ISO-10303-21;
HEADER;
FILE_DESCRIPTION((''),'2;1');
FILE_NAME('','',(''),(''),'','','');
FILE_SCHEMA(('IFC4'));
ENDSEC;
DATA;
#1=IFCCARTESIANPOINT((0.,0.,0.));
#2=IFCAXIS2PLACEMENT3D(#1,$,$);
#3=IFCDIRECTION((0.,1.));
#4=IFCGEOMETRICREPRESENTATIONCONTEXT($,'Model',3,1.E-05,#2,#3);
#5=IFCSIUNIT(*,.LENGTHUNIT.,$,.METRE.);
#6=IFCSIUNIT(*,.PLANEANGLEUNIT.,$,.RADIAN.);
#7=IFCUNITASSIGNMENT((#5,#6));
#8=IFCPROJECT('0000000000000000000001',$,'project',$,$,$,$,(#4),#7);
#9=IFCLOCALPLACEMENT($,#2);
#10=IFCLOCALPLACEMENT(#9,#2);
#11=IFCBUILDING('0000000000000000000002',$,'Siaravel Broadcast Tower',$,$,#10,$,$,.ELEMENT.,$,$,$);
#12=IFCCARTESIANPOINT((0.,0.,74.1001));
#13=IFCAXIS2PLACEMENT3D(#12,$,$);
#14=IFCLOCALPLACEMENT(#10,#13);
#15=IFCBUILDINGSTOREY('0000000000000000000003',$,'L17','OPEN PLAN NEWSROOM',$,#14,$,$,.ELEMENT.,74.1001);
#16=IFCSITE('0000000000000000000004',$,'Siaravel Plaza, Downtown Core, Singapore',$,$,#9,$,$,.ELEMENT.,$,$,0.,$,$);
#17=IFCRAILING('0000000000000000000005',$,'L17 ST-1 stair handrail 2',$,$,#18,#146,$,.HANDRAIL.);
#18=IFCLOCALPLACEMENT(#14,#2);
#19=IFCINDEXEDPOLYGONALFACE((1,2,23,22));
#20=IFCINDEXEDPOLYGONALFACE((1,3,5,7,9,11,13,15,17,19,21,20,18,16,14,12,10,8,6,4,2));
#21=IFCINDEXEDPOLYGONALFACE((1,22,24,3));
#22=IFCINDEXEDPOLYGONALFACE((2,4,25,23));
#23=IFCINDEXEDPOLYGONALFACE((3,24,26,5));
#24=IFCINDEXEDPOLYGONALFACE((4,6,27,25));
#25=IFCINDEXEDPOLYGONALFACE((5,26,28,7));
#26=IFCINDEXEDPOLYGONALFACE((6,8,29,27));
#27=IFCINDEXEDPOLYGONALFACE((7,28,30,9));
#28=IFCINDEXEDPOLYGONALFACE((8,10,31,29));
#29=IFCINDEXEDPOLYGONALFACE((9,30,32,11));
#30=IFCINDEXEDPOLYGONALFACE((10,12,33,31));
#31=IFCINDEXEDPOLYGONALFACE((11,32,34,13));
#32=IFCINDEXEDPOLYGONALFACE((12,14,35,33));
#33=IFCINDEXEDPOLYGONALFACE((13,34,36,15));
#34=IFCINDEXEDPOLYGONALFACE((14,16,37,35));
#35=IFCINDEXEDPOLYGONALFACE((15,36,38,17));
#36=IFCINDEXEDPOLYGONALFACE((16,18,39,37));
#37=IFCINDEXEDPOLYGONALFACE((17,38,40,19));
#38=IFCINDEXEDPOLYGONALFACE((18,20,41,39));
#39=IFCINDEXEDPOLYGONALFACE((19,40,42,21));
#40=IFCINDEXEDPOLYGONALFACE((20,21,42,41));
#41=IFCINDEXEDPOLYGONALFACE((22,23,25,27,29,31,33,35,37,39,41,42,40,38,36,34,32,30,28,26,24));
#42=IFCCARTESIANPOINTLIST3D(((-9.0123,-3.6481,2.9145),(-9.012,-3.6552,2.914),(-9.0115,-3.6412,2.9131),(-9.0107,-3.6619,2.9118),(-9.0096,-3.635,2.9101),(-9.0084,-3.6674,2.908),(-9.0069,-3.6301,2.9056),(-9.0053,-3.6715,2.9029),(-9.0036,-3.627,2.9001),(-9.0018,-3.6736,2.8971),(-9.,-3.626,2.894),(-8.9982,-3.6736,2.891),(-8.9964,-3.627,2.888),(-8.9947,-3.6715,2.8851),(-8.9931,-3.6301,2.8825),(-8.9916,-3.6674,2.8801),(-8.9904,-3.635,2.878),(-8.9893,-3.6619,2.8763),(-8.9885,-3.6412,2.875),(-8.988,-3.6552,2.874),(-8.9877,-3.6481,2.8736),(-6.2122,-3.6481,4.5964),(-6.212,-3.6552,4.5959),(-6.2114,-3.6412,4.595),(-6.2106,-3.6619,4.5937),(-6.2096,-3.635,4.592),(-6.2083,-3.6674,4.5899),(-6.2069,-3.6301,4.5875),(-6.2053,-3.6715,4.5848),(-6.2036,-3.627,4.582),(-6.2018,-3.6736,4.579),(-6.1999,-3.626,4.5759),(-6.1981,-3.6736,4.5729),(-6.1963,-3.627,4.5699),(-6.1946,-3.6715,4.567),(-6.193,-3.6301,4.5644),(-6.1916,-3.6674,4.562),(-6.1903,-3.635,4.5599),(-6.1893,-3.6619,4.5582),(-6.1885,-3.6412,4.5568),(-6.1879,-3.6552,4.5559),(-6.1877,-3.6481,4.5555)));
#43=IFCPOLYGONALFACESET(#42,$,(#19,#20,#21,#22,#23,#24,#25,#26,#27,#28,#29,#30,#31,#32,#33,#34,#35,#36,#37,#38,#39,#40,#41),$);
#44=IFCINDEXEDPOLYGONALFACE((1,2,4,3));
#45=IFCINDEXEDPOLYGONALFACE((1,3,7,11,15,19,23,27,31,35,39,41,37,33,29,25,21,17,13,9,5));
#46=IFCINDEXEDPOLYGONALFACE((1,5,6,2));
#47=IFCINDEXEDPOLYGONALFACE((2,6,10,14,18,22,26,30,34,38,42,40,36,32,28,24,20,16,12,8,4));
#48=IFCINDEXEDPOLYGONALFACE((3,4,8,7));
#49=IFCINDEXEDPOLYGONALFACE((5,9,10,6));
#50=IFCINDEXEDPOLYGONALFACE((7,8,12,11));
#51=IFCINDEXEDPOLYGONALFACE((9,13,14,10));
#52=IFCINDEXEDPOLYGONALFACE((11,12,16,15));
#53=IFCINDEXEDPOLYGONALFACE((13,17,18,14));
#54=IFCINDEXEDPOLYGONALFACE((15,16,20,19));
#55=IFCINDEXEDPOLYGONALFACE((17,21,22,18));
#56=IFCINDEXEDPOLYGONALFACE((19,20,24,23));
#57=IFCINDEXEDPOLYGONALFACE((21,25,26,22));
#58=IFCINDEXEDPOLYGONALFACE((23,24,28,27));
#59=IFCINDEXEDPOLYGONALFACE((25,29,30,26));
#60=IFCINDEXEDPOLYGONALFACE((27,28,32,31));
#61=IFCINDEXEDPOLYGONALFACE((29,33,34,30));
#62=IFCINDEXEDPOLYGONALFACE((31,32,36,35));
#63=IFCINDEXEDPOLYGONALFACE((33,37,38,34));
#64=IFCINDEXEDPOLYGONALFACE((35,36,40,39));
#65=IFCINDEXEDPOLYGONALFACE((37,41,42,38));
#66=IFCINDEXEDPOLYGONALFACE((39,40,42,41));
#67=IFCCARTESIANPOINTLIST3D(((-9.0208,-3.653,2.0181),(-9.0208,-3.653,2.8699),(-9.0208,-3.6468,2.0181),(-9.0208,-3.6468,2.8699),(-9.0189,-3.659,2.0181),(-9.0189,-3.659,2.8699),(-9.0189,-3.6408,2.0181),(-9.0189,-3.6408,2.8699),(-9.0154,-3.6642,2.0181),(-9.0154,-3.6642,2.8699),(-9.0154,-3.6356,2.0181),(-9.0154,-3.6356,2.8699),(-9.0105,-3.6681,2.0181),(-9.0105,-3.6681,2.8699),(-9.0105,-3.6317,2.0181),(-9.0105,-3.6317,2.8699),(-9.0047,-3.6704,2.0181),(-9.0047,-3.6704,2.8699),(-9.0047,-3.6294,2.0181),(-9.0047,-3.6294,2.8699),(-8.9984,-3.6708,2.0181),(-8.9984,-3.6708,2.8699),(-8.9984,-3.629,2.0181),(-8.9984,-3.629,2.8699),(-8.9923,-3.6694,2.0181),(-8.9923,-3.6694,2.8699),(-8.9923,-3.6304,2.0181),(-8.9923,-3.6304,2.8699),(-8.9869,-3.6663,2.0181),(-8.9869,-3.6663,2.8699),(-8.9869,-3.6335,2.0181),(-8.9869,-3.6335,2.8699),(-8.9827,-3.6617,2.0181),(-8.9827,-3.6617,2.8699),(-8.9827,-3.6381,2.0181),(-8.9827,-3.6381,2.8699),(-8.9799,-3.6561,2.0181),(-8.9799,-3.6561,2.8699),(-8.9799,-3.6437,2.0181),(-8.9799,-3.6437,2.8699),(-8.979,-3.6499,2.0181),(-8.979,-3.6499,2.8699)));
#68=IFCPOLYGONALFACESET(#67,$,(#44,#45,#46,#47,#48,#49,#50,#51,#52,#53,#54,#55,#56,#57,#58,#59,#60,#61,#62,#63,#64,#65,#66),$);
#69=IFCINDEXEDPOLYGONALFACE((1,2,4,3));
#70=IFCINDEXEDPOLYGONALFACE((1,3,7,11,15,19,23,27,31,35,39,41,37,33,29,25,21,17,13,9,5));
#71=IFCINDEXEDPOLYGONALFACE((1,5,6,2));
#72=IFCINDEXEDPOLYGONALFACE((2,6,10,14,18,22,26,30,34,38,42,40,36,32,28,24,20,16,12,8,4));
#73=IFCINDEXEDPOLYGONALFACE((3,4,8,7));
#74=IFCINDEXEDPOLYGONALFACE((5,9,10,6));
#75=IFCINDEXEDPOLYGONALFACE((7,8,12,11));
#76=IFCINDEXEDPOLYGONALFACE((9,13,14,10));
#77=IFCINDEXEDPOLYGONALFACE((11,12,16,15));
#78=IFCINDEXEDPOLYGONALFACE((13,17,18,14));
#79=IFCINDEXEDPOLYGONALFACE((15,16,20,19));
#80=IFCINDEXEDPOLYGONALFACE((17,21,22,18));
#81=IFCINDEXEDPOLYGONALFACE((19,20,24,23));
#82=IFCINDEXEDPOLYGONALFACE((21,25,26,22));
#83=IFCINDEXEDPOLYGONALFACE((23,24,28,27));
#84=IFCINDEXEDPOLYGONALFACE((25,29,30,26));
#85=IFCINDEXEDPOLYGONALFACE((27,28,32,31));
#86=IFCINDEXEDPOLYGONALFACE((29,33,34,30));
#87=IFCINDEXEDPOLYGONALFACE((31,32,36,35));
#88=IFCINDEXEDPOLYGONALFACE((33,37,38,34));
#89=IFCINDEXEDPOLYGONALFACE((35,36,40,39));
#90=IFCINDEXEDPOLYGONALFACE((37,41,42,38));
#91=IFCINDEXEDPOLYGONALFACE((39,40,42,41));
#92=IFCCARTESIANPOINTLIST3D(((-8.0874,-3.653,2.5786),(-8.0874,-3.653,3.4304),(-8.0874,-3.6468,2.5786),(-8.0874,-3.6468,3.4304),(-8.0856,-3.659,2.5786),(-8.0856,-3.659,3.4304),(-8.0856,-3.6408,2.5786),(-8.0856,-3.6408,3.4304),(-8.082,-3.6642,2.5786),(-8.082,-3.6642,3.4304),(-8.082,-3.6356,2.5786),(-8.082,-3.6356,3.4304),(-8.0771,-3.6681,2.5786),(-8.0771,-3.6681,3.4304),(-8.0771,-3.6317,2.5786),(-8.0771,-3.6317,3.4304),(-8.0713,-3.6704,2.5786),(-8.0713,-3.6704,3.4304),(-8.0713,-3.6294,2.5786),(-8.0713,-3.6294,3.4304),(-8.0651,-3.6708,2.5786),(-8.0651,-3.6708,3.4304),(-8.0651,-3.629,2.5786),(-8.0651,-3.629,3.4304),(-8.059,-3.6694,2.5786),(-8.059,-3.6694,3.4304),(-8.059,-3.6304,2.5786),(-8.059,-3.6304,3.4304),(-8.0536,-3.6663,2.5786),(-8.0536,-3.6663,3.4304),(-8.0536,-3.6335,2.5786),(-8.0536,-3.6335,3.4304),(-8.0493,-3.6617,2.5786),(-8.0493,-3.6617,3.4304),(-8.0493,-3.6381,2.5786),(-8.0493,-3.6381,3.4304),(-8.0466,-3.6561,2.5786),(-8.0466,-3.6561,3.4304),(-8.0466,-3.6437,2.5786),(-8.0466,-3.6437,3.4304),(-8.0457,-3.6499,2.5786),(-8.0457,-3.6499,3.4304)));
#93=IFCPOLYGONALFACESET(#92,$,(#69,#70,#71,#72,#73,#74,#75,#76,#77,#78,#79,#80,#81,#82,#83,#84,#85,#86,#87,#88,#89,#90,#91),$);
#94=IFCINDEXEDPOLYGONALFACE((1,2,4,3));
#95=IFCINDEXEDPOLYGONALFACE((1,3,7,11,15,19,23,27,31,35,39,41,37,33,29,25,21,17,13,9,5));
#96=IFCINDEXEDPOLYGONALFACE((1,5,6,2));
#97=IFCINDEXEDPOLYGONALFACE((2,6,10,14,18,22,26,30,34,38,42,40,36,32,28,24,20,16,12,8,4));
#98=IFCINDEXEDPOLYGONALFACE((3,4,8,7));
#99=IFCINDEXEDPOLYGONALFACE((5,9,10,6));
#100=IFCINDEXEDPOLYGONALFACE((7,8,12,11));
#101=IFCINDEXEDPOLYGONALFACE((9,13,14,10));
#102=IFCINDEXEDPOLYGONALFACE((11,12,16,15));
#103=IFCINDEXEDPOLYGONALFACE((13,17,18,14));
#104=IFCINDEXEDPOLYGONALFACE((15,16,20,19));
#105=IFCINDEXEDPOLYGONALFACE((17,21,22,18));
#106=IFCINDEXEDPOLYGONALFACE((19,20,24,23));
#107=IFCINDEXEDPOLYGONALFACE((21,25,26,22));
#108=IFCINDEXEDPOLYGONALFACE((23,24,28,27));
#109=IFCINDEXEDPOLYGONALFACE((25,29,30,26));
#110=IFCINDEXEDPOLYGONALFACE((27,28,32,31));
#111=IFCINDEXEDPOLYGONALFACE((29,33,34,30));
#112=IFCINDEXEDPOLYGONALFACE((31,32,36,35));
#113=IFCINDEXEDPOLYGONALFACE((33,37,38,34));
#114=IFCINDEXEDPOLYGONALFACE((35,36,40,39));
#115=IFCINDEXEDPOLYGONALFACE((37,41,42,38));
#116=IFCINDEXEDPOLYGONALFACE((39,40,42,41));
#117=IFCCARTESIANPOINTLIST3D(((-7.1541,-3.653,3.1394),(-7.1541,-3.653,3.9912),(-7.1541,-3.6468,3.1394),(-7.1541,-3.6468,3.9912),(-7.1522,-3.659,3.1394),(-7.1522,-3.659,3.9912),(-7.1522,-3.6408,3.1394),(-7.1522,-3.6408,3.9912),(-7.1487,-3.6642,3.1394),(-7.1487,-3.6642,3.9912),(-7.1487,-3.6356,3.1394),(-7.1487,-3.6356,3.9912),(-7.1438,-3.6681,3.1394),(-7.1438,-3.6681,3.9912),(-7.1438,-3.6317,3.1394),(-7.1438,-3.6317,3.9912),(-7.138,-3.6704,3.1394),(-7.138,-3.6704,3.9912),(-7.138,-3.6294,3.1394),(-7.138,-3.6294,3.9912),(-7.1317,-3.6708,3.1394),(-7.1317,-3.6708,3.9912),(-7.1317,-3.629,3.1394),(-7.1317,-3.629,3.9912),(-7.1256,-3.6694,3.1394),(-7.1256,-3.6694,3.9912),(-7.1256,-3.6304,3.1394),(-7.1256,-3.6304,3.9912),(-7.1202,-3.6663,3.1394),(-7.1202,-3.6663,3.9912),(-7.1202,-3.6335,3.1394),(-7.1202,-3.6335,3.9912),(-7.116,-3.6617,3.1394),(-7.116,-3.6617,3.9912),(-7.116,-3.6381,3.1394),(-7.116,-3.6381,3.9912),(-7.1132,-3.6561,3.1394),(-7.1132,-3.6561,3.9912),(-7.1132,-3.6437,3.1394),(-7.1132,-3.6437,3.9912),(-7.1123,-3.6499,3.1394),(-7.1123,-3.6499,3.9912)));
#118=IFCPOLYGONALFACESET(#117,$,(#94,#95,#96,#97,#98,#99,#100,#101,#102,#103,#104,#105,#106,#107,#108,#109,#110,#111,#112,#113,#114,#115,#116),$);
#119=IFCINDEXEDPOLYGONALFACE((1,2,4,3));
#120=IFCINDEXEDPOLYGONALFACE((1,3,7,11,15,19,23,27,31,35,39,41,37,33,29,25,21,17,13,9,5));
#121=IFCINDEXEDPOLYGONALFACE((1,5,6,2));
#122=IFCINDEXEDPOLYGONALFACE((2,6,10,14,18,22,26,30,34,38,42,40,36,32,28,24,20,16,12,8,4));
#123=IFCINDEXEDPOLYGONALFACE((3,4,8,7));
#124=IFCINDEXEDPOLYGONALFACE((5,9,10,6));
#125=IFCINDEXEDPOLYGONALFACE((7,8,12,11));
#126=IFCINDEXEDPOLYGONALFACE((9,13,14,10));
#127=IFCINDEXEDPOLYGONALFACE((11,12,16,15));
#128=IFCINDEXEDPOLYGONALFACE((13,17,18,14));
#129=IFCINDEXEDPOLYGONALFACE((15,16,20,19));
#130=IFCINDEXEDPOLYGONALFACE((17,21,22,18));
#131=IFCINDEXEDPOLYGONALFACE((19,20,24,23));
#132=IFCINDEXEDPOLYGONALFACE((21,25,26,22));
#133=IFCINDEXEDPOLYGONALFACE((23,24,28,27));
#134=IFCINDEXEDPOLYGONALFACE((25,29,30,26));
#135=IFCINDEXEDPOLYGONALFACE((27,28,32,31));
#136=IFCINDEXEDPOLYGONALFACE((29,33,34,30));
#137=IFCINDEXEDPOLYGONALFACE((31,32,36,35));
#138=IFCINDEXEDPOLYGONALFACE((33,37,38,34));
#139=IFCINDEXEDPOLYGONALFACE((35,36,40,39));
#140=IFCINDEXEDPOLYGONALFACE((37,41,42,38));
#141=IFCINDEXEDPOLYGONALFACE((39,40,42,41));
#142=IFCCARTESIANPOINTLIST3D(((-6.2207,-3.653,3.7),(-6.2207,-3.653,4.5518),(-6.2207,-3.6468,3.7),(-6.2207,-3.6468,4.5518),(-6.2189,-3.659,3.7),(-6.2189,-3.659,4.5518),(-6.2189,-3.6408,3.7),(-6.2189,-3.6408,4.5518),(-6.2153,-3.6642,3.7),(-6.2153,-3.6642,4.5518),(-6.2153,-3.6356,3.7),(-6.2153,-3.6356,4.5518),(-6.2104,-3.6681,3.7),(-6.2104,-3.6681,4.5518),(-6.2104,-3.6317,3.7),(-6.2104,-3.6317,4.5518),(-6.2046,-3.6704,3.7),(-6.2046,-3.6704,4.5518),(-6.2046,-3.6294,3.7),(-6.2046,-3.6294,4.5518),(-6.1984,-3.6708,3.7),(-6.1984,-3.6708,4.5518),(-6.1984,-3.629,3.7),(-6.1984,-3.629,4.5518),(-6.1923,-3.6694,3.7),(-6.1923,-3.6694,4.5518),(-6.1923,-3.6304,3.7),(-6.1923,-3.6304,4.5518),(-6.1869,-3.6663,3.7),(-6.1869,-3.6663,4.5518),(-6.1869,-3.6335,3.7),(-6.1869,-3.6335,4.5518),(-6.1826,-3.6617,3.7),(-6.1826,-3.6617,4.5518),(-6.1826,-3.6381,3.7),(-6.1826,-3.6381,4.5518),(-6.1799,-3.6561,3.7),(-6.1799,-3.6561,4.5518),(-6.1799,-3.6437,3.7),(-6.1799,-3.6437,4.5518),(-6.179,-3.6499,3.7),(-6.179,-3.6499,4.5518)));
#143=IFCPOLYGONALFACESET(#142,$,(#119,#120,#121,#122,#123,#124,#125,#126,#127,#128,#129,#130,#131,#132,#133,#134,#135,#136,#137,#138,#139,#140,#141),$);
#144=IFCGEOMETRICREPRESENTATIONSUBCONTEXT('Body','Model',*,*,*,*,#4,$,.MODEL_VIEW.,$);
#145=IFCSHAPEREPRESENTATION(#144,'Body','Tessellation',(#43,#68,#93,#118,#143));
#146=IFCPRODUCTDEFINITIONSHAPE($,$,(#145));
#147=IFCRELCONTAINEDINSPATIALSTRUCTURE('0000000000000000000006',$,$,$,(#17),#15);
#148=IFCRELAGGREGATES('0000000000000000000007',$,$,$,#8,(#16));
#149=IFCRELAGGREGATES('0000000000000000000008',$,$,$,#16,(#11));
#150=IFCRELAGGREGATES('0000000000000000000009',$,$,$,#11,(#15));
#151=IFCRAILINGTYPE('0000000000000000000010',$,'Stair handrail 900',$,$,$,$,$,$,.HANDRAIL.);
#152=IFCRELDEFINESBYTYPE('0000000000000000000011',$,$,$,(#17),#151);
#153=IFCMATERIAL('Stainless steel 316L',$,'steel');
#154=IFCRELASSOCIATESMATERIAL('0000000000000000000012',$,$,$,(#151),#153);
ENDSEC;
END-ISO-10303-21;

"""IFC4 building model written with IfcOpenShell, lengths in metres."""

from ifc_helpers import new_model, si_unit, direction, frame, origin, origin_2d, place, context, subcontext, project, spatial, circle, extrude, material, type_object, element, save


model = new_model("IFC4")

# Units and contexts
model_context = context("Model", 3, precision=1e-05, world=origin(), true_north=direction((0.0, 1.0)))
body_context = subcontext(model_context, "Body", "Model", "MODEL_VIEW")
ifc_project = project(units=[si_unit("LENGTHUNIT", "METRE"), si_unit("PLANEANGLEUNIT", "RADIAN")], contexts=[model_context])

# Site, building, storey
site_placement = place(None, origin())
site = spatial("IfcSite", under=ifc_project, at=site_placement, Name="Siaravel Plaza, Downtown Core, Singapore", CompositionType="ELEMENT", RefElevation=0.0)
building_placement = place(site_placement, origin())
building = spatial("IfcBuilding", under=site, at=building_placement, Name="Siaravel Broadcast Tower", CompositionType="ELEMENT")
storey_placement = place(building_placement, frame((0.0, 0.0, 74.1001)))
storey = spatial("IfcBuildingStorey", under=building, at=storey_placement, Name="L17", Description="OPEN PLAN NEWSROOM", CompositionType="ELEMENT", Elevation=74.1001)

# Railing
ifc_material_1 = material(Name="Stainless steel 316L", Category="steel")
railing_type_1 = type_object("IfcRailingType", Name="Stair handrail 900", PredefinedType="HANDRAIL", material=ifc_material_1)
railing_1_placement = place(storey_placement, frame((-9.0, -3.6499, 2.0181)))
element("IfcRailing", 1, at=railing_1_placement, inside=storey, type_object=railing_type_1, Name="L17 ST-1 stair handrail 2", PredefinedType="HANDRAIL", context=body_context, shape_type="SweptSolid", body=[
    extrude(circle(Radius=0.0239, at=origin_2d()), frame((0.0, 0.0, 0.876), z_axis=(0.857242, 0.0, 0.514913), x_axis=(0.0, 1.0, 0.0)), (0.0, 0.0, 1.0), 3.2664),
    extrude(circle(Radius=0.021, at=origin_2d()), origin(), (0.0, 0.0, 1.0), 0.8518),
    extrude(circle(Radius=0.021, at=origin_2d()), frame((0.9333, 0.0, 0.5605)), (0.0, 0.0, 1.0), 0.8518),
    extrude(circle(Radius=0.021, at=origin_2d()), frame((1.8667, 0.0, 1.1213)), (0.0, 0.0, 1.0), 0.8518),
    extrude(circle(Radius=0.021, at=origin_2d()), frame((2.8, 0.0, 1.6819)), (0.0, 0.0, 1.0), 0.8518),
])

save(model, "model.ifc")
